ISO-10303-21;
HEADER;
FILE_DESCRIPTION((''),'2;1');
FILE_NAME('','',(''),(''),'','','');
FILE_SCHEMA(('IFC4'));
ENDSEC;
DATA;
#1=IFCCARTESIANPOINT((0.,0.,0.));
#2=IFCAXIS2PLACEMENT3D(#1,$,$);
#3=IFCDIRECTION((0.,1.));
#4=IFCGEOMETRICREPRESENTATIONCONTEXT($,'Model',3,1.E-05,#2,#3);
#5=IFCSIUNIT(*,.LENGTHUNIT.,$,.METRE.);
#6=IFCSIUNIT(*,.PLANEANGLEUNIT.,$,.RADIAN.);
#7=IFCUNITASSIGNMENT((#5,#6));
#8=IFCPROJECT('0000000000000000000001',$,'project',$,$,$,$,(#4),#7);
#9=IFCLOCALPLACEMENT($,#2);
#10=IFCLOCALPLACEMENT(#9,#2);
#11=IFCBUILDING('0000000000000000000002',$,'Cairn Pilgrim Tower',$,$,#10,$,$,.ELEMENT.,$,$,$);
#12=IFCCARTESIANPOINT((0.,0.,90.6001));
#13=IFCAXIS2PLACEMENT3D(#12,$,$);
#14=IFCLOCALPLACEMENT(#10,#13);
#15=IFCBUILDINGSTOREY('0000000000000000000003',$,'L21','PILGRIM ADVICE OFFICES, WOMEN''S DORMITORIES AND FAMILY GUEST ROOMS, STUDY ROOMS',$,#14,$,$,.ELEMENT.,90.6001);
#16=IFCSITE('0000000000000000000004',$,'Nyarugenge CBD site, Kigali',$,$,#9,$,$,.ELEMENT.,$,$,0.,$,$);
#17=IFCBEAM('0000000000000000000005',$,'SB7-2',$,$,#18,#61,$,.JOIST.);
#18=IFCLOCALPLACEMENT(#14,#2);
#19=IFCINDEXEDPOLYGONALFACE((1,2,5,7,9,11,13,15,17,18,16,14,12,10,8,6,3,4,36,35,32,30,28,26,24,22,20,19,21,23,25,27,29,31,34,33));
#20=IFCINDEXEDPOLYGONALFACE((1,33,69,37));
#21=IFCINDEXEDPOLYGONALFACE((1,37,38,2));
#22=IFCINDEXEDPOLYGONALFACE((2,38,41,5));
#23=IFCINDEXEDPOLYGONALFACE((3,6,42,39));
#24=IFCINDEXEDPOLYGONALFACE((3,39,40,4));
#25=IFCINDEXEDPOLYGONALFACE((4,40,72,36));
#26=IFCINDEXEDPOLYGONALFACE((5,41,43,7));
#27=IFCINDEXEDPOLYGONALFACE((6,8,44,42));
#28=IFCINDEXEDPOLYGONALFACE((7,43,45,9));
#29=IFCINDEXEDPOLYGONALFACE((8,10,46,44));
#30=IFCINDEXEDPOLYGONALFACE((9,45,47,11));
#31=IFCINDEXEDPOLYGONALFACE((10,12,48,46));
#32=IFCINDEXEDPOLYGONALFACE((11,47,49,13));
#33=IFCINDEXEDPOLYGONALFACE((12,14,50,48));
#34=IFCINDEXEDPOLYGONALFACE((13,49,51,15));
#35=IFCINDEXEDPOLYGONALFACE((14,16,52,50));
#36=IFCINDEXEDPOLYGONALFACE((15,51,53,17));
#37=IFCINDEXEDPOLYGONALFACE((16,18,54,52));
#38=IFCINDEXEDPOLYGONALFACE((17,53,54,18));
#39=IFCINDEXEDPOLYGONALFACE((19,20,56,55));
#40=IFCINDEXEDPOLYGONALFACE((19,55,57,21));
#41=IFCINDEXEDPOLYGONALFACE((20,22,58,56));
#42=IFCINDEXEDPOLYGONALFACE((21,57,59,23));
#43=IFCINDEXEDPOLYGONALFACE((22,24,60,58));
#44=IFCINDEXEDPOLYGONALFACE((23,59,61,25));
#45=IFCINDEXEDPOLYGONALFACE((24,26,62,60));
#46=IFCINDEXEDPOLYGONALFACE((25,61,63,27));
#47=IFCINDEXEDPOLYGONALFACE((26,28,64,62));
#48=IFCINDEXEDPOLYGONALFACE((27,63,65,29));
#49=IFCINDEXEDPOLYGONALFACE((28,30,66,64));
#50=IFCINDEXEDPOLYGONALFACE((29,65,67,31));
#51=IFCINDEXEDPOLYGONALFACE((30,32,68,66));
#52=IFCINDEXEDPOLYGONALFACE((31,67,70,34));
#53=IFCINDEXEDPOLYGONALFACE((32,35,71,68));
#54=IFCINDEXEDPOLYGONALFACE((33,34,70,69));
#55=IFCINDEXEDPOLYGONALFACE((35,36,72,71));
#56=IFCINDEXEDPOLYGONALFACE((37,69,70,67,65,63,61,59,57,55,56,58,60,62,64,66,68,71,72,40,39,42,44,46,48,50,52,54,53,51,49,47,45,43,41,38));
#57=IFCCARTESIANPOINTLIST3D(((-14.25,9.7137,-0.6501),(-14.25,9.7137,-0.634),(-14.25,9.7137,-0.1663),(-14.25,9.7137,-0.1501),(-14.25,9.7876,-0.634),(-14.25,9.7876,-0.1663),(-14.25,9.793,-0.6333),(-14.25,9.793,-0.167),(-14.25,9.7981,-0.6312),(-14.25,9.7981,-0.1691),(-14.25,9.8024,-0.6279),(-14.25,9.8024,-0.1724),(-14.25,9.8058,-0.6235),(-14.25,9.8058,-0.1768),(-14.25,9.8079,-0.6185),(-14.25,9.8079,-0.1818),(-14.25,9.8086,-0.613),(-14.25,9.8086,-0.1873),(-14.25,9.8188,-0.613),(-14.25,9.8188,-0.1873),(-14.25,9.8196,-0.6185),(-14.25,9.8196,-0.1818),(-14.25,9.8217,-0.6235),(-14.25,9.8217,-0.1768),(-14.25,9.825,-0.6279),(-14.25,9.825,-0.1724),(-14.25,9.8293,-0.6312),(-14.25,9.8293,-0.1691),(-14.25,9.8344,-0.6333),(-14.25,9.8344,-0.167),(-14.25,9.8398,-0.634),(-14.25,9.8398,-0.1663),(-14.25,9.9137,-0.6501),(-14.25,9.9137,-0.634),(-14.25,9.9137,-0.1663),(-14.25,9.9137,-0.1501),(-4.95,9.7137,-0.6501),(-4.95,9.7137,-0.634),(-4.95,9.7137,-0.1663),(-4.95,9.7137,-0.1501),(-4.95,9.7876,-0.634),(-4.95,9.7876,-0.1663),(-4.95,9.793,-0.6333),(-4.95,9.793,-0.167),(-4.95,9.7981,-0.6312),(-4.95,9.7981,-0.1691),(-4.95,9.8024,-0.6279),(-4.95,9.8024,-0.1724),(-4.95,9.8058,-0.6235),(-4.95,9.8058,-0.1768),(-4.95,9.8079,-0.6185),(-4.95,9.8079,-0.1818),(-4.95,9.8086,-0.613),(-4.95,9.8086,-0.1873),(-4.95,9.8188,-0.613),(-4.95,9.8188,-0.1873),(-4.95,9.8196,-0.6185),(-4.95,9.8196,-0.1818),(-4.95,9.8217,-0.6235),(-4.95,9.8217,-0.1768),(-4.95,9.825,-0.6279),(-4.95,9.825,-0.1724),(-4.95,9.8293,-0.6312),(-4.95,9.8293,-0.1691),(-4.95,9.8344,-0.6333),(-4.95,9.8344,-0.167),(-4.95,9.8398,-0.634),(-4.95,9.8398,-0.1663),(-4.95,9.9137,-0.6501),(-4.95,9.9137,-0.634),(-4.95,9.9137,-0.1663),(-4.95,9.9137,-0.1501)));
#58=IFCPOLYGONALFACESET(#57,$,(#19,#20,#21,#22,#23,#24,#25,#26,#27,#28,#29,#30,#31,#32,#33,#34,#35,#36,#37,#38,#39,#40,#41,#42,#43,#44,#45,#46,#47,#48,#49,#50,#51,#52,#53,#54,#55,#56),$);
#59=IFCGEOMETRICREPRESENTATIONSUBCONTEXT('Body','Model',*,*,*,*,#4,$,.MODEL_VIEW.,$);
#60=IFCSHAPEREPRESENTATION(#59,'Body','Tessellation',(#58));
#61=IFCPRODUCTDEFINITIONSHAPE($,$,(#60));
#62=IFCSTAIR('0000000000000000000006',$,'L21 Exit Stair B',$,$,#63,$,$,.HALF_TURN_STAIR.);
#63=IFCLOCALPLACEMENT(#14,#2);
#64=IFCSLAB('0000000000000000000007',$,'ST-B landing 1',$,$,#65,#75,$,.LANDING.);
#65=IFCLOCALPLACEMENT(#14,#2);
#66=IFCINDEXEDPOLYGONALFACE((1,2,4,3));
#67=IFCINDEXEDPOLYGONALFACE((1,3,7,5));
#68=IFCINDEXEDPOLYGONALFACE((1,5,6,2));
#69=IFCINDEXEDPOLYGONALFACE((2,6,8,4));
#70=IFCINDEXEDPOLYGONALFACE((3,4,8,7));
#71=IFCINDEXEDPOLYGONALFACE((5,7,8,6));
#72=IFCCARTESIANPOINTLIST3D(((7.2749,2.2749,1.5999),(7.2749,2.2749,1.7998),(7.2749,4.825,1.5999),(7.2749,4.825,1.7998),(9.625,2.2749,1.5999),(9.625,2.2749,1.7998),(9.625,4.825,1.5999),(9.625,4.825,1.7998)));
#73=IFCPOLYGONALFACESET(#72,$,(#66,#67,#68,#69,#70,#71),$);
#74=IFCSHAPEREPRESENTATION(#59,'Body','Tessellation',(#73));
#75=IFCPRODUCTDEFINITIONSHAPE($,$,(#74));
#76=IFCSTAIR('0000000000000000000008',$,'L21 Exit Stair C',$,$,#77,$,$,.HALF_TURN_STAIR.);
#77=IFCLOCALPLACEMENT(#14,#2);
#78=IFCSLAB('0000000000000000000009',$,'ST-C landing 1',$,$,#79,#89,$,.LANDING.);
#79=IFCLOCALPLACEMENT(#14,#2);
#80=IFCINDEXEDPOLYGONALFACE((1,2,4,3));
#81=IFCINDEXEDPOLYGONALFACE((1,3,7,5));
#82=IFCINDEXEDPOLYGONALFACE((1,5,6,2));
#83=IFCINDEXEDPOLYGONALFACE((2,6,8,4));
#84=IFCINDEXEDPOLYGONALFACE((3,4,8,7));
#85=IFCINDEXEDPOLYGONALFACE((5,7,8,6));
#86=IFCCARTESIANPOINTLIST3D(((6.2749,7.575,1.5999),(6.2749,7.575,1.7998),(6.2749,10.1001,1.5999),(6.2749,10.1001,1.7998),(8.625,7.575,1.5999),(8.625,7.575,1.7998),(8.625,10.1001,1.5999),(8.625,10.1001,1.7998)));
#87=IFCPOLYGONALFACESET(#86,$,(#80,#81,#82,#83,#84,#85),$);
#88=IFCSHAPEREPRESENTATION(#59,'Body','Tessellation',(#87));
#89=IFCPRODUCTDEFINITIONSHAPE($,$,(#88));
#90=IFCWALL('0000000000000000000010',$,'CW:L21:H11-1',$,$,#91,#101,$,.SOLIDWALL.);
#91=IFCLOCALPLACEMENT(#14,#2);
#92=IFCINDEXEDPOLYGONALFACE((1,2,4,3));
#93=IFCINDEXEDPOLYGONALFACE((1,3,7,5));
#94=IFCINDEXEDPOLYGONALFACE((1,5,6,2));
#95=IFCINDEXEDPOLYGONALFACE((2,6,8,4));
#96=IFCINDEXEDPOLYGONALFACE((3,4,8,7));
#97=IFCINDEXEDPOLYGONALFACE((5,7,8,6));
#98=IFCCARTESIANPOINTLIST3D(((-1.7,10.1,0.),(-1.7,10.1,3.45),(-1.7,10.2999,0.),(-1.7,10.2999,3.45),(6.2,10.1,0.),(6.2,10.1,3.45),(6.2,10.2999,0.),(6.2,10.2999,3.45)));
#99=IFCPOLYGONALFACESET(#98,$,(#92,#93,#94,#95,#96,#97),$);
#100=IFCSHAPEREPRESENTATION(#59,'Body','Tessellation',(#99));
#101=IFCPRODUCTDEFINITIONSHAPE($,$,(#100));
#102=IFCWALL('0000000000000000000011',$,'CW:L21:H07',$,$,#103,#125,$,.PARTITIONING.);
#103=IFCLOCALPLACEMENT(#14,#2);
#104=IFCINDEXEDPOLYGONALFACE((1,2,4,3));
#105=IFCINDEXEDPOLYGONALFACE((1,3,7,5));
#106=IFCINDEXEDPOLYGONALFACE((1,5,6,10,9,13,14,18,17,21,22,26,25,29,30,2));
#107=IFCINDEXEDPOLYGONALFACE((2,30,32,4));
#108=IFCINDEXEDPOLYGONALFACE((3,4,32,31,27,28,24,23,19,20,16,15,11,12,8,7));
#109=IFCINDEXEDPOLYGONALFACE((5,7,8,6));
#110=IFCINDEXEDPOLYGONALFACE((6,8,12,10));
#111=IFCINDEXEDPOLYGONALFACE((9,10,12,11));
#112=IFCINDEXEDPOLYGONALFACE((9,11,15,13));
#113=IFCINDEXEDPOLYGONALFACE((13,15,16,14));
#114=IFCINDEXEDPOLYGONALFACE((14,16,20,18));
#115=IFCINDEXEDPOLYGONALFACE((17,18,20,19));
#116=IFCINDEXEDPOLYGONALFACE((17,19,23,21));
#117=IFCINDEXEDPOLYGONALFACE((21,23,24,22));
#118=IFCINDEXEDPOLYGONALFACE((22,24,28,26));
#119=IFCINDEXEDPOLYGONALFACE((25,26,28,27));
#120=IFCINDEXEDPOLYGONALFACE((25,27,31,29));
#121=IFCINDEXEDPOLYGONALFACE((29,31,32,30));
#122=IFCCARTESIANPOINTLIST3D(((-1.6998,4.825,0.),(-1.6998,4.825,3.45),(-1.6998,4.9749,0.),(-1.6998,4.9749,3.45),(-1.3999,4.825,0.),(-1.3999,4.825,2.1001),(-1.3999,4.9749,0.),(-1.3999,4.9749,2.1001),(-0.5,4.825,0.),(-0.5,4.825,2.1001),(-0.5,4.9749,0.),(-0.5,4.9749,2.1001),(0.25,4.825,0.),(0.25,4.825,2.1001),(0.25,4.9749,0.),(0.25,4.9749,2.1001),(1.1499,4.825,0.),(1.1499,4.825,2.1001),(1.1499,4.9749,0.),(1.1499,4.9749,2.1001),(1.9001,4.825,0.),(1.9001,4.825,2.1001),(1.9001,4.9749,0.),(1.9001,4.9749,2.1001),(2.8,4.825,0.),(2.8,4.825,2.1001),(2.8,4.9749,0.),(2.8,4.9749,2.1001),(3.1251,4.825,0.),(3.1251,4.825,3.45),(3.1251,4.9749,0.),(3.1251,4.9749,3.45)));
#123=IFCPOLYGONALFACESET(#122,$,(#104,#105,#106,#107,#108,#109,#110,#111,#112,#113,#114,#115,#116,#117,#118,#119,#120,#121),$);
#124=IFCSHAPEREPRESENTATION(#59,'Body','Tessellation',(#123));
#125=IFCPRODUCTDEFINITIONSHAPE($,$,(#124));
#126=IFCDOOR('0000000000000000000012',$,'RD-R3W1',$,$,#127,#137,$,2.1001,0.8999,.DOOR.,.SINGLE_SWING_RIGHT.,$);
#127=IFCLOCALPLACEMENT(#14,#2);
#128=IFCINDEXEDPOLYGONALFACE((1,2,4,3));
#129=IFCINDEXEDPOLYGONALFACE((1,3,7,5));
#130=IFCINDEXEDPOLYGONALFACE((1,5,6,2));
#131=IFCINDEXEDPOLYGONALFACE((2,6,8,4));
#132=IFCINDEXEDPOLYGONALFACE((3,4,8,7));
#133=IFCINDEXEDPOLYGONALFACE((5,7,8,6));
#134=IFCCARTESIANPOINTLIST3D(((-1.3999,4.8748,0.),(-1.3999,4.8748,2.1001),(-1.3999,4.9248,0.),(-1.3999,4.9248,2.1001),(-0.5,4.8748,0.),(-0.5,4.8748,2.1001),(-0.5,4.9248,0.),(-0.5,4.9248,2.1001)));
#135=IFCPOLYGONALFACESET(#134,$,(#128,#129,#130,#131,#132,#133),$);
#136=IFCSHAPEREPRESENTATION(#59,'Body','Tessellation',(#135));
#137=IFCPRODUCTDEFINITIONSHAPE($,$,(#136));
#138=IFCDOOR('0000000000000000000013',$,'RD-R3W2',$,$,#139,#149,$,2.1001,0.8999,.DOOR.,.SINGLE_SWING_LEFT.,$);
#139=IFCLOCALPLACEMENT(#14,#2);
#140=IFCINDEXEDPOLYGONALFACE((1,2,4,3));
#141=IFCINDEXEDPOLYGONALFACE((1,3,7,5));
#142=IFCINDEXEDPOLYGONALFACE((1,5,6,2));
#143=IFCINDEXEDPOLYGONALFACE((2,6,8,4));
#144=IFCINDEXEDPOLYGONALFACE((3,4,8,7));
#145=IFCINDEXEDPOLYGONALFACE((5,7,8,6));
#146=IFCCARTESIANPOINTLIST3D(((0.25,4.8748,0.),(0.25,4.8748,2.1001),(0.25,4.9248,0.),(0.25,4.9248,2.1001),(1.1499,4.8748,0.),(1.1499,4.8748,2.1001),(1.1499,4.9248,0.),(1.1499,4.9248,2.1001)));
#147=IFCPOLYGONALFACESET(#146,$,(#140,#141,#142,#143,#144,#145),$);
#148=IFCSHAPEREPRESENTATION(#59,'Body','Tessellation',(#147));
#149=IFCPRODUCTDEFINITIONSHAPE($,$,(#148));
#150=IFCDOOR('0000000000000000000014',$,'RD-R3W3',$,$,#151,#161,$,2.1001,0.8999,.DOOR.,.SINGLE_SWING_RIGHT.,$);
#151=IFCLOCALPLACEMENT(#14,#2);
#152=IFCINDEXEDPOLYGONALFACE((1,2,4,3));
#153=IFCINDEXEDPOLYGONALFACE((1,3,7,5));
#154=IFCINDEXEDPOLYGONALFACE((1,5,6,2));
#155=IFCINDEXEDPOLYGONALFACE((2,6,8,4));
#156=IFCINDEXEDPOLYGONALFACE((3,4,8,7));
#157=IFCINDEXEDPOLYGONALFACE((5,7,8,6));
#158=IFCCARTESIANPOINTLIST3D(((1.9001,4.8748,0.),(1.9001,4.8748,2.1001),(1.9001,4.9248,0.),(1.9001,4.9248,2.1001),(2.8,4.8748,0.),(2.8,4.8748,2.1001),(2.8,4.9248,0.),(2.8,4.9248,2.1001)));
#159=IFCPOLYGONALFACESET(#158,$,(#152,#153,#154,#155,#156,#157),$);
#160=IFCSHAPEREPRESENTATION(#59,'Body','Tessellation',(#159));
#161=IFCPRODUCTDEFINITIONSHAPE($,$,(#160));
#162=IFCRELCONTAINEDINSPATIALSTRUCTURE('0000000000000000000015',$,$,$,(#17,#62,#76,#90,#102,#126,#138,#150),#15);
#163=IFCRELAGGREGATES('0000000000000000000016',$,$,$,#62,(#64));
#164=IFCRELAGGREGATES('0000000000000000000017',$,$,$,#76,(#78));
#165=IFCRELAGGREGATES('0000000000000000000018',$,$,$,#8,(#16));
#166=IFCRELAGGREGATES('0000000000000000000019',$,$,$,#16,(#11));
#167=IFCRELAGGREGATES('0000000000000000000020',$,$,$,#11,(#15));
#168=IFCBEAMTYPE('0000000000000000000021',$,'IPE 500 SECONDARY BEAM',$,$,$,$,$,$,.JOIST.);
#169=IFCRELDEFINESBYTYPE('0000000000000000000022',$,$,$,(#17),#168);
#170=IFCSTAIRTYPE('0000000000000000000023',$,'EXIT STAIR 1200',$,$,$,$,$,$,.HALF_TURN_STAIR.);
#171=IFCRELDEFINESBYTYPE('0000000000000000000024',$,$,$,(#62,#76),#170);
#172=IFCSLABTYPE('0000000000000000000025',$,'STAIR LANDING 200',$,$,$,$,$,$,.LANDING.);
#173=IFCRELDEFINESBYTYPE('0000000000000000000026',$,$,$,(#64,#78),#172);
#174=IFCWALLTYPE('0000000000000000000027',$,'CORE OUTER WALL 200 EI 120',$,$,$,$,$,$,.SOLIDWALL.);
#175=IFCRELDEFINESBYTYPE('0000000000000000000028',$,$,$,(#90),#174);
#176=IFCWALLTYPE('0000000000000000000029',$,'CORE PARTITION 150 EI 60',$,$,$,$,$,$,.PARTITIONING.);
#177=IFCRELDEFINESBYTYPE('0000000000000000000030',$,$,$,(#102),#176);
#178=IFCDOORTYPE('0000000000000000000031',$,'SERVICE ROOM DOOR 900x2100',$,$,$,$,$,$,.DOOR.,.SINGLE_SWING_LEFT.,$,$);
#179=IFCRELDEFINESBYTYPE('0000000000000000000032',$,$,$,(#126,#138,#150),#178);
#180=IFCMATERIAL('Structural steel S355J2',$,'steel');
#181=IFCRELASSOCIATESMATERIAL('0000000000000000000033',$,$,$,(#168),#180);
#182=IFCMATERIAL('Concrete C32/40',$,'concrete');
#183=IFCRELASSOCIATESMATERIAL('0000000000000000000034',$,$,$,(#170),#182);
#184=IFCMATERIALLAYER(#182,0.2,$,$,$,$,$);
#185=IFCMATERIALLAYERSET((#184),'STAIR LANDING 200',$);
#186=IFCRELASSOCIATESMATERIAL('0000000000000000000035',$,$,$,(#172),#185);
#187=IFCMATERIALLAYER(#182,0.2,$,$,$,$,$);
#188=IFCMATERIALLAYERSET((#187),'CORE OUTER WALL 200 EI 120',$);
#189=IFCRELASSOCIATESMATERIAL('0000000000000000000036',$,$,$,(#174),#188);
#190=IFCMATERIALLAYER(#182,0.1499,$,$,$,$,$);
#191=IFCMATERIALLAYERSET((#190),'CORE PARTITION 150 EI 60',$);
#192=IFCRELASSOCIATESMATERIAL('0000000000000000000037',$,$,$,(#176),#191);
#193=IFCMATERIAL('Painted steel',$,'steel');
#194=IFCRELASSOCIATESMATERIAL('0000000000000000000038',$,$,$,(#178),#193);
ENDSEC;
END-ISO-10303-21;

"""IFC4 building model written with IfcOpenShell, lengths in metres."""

from ifc_helpers import new_model, si_unit, direction, frame, frame_2d, origin, origin_2d, place, context, subcontext, project, spatial, polyline, rectangle, i_section, outline, extrude, material, layer, layer_set, material_profile, profile_set, type_object, element, fill, aggregate, save


model = new_model("IFC4")

# Units and contexts
model_context = context("Model", 3, precision=1e-05, world=origin(), true_north=direction((0.0, 1.0)))
body_context = subcontext(model_context, "Body", "Model", "MODEL_VIEW")
ifc_project = project(units=[si_unit("LENGTHUNIT", "METRE"), si_unit("PLANEANGLEUNIT", "RADIAN")], contexts=[model_context])

# Site, building, storey
site_placement = place(None, origin())
site = spatial("IfcSite", under=ifc_project, at=site_placement, Name="Nyarugenge CBD site, Kigali", CompositionType="ELEMENT", RefElevation=0.0)
building_placement = place(site_placement, origin())
building = spatial("IfcBuilding", under=site, at=building_placement, Name="Cairn Pilgrim Tower", CompositionType="ELEMENT")
storey_placement = place(building_placement, frame((0.0, 0.0, 90.6001)))
storey = spatial("IfcBuildingStorey", under=building, at=storey_placement, Name="L21", Description="PILGRIM ADVICE OFFICES, WOMEN'S DORMITORIES AND FAMILY GUEST ROOMS, STUDY ROOMS", CompositionType="ELEMENT", Elevation=90.6001)

# Beam
ifc_material_1 = material(Name="Structural steel S355J2", Category="steel")
ifc_material_profile_1 = material_profile(ifc_material_1, i_section(OverallWidth=0.2, OverallDepth=0.5, WebThickness=0.0103, FlangeThickness=0.0161, FilletRadius=0.021, at=origin_2d()), Name="IPE 500")
ifc_profile_set_1 = profile_set([ifc_material_profile_1], Name="Structural steel S355J2")
beam_type_1 = type_object("IfcBeamType", Name="IPE 500 SECONDARY BEAM", PredefinedType="JOIST", material=ifc_profile_set_1)
for number, where, z_axis, x_axis, name in (
    (1, (-14.25, 9.8137, -0.4001), (1.0, 0.0, 0.0), (0.0, 1.0, 0.0), "SB7-2"),
):
    element("IfcBeam", number, at=place(storey_placement, frame(where, z_axis=z_axis, x_axis=x_axis)), inside=storey, type_object=beam_type_1, Name=name, PredefinedType="JOIST", context=body_context, shape_type="SweptSolid", body=[
        extrude(i_section(OverallWidth=0.2, OverallDepth=0.5, WebThickness=0.0103, FlangeThickness=0.0161, FilletRadius=0.021, at=origin_2d()), origin(), (0.0, 0.0, 1.0), 9.3),
    ])

# Stairs, slabs
ifc_material_2 = material(Name="Concrete C32/40", Category="concrete")
stair_type = type_object("IfcStairType", Name="EXIT STAIR 1200", PredefinedType="HALF_TURN_STAIR", material=ifc_material_2)
stair_1_placement = place(storey_placement, origin())
stair_1 = element("IfcStair", 2, at=stair_1_placement, inside=storey, type_object=stair_type, Name="L21 Exit Stair B", PredefinedType="HALF_TURN_STAIR")
ifc_layer_1 = layer(ifc_material_2, 0.2)
ifc_layer_set_1 = layer_set([ifc_layer_1], Name="STAIR LANDING 200")
slab_type = type_object("IfcSlabType", Name="STAIR LANDING 200", PredefinedType="LANDING", material=ifc_layer_set_1)
slab_1_placement = place(storey_placement, frame((0.0, 0.0, 1.5999)))
slab_1 = element("IfcSlab", 3, at=slab_1_placement, type_object=slab_type, Name="ST-B landing 1", PredefinedType="LANDING", context=body_context, shape_type="SweptSolid", body=[
    extrude(outline(polyline([(7.2749, 2.2749), (9.625, 2.2749), (9.625, 4.825), (7.2749, 4.825), (7.2749, 2.2749)])), origin(), (0.0, 0.0, 1.0), 0.2),
])
aggregate(stair_1, [slab_1])
stair_2_placement = place(storey_placement, origin())
stair_2 = element("IfcStair", 4, at=stair_2_placement, inside=storey, type_object=stair_type, Name="L21 Exit Stair C", PredefinedType="HALF_TURN_STAIR")
slab_2_placement = place(storey_placement, frame((0.0, 0.0, 1.5999)))
slab_2 = element("IfcSlab", 5, at=slab_2_placement, type_object=slab_type, Name="ST-C landing 1", PredefinedType="LANDING", context=body_context, shape_type="SweptSolid", body=[
    extrude(outline(polyline([(8.625, 10.1001), (6.2749, 10.1001), (6.2749, 7.575), (8.625, 7.575), (8.625, 10.1001)])), origin(), (0.0, 0.0, 1.0), 0.2),
])
aggregate(stair_2, [slab_2])

# Wall
ifc_layer_2 = layer(ifc_material_2, 0.2)
ifc_layer_set_2 = layer_set([ifc_layer_2], Name="CORE OUTER WALL 200 EI 120")
wall_type_1 = type_object("IfcWallType", Name="CORE OUTER WALL 200 EI 120", PredefinedType="SOLIDWALL", material=ifc_layer_set_2)
wall_1_placement = place(storey_placement, frame((-1.7, 10.2, 0.0), z_axis=(0.0, 0.0, 1.0), x_axis=(1.0, 0.0, 0.0)))
element("IfcWall", 6, at=wall_1_placement, inside=storey, type_object=wall_type_1, Name="CW:L21:H11-1", PredefinedType="SOLIDWALL", context=body_context, shape_type="SweptSolid", body=[
    extrude(rectangle(XDim=7.8999, YDim=0.2, at=frame_2d((3.95, 0.0))), origin(), (0.0, 0.0, 1.0), 3.45),
])

# Wall, openings, doors
ifc_layer_3 = layer(ifc_material_2, 0.1499)
ifc_layer_set_3 = layer_set([ifc_layer_3], Name="CORE PARTITION 150 EI 60")
wall_type_2 = type_object("IfcWallType", Name="CORE PARTITION 150 EI 60", PredefinedType="PARTITIONING", material=ifc_layer_set_3)
wall_2_placement = place(storey_placement, frame((-1.7, 4.8999, 0.0), z_axis=(0.0, 0.0, 1.0), x_axis=(1.0, 0.0, 0.0)))
wall_2 = element("IfcWall", 7, at=wall_2_placement, inside=storey, type_object=wall_type_2, Name="CW:L21:H07", PredefinedType="PARTITIONING", context=body_context, shape_type="SweptSolid", body=[
    extrude(rectangle(XDim=4.825, YDim=0.1499, at=frame_2d((2.4126, 0.0))), origin(), (0.0, 0.0, 1.0), 3.45),
])
opening_1_placement = place(wall_2_placement, frame((0.3, 0.0, 0.0)))
opening_1 = element("IfcOpeningElement", 8, at=opening_1_placement, cuts=wall_2, PredefinedType="OPENING", context=body_context, shape_type="SweptSolid", body=[
    extrude(rectangle(XDim=0.8999, YDim=2.1001, at=frame_2d((0.45, 1.05))), frame((0.0, 0.085, 0.0), z_axis=(0.0, -1.0, 0.0), x_axis=(1.0, 0.0, 0.0)), (0.0, 0.0, 1.0), 0.1699),
])
opening_2_placement = place(wall_2_placement, frame((1.95, 0.0, 0.0)))
opening_2 = element("IfcOpeningElement", 9, at=opening_2_placement, cuts=wall_2, PredefinedType="OPENING", context=body_context, shape_type="SweptSolid", body=[
    extrude(rectangle(XDim=0.8999, YDim=2.1001, at=frame_2d((0.45, 1.05))), frame((0.0, 0.085, 0.0), z_axis=(0.0, -1.0, 0.0), x_axis=(1.0, 0.0, 0.0)), (0.0, 0.0, 1.0), 0.1699),
])
opening_3_placement = place(wall_2_placement, frame((3.6001, 0.0, 0.0)))
opening_3 = element("IfcOpeningElement", 10, at=opening_3_placement, cuts=wall_2, PredefinedType="OPENING", context=body_context, shape_type="SweptSolid", body=[
    extrude(rectangle(XDim=0.8999, YDim=2.1001, at=frame_2d((0.45, 1.05))), frame((0.0, 0.085, 0.0), z_axis=(0.0, -1.0, 0.0), x_axis=(1.0, 0.0, 0.0)), (0.0, 0.0, 1.0), 0.1699),
])
ifc_material_3 = material(Name="Painted steel", Category="steel")
door_type = type_object("IfcDoorType", Name="SERVICE ROOM DOOR 900x2100", OperationType="SINGLE_SWING_LEFT", PredefinedType="DOOR", material=ifc_material_3)
door_1_placement = place(opening_1_placement, origin())
door_1 = element("IfcDoor", 11, at=door_1_placement, inside=storey, type_object=door_type, Name="RD-R3W1", OperationType="SINGLE_SWING_RIGHT", OverallHeight=2.1001, OverallWidth=0.8999, PredefinedType="DOOR", context=body_context, shape_type="SweptSolid", body=[
    extrude(rectangle(XDim=0.8999, YDim=2.1001, at=frame_2d((0.45, 1.05))), frame((0.0, 0.0249, 0.0), z_axis=(0.0, -1.0, 0.0), x_axis=(1.0, 0.0, 0.0)), (0.0, 0.0, 1.0), 0.05),
])
fill(opening_1, door_1)
door_2_placement = place(opening_2_placement, origin())
door_2 = element("IfcDoor", 12, at=door_2_placement, inside=storey, type_object=door_type, Name="RD-R3W2", OperationType="SINGLE_SWING_LEFT", OverallHeight=2.1001, OverallWidth=0.8999, PredefinedType="DOOR", context=body_context, shape_type="SweptSolid", body=[
    extrude(rectangle(XDim=0.8999, YDim=2.1001, at=frame_2d((0.45, 1.05))), frame((0.0, 0.0249, 0.0), z_axis=(0.0, -1.0, 0.0), x_axis=(1.0, 0.0, 0.0)), (0.0, 0.0, 1.0), 0.05),
])
fill(opening_2, door_2)
door_3_placement = place(opening_3_placement, origin())
door_3 = element("IfcDoor", 13, at=door_3_placement, inside=storey, type_object=door_type, Name="RD-R3W3", OperationType="SINGLE_SWING_RIGHT", OverallHeight=2.1001, OverallWidth=0.8999, PredefinedType="DOOR", context=body_context, shape_type="SweptSolid", body=[
    extrude(rectangle(XDim=0.8999, YDim=2.1001, at=frame_2d((0.45, 1.05))), frame((0.0, 0.0249, 0.0), z_axis=(0.0, -1.0, 0.0), x_axis=(1.0, 0.0, 0.0)), (0.0, 0.0, 1.0), 0.05),
])
fill(opening_3, door_3)

save(model, "model.ifc")
